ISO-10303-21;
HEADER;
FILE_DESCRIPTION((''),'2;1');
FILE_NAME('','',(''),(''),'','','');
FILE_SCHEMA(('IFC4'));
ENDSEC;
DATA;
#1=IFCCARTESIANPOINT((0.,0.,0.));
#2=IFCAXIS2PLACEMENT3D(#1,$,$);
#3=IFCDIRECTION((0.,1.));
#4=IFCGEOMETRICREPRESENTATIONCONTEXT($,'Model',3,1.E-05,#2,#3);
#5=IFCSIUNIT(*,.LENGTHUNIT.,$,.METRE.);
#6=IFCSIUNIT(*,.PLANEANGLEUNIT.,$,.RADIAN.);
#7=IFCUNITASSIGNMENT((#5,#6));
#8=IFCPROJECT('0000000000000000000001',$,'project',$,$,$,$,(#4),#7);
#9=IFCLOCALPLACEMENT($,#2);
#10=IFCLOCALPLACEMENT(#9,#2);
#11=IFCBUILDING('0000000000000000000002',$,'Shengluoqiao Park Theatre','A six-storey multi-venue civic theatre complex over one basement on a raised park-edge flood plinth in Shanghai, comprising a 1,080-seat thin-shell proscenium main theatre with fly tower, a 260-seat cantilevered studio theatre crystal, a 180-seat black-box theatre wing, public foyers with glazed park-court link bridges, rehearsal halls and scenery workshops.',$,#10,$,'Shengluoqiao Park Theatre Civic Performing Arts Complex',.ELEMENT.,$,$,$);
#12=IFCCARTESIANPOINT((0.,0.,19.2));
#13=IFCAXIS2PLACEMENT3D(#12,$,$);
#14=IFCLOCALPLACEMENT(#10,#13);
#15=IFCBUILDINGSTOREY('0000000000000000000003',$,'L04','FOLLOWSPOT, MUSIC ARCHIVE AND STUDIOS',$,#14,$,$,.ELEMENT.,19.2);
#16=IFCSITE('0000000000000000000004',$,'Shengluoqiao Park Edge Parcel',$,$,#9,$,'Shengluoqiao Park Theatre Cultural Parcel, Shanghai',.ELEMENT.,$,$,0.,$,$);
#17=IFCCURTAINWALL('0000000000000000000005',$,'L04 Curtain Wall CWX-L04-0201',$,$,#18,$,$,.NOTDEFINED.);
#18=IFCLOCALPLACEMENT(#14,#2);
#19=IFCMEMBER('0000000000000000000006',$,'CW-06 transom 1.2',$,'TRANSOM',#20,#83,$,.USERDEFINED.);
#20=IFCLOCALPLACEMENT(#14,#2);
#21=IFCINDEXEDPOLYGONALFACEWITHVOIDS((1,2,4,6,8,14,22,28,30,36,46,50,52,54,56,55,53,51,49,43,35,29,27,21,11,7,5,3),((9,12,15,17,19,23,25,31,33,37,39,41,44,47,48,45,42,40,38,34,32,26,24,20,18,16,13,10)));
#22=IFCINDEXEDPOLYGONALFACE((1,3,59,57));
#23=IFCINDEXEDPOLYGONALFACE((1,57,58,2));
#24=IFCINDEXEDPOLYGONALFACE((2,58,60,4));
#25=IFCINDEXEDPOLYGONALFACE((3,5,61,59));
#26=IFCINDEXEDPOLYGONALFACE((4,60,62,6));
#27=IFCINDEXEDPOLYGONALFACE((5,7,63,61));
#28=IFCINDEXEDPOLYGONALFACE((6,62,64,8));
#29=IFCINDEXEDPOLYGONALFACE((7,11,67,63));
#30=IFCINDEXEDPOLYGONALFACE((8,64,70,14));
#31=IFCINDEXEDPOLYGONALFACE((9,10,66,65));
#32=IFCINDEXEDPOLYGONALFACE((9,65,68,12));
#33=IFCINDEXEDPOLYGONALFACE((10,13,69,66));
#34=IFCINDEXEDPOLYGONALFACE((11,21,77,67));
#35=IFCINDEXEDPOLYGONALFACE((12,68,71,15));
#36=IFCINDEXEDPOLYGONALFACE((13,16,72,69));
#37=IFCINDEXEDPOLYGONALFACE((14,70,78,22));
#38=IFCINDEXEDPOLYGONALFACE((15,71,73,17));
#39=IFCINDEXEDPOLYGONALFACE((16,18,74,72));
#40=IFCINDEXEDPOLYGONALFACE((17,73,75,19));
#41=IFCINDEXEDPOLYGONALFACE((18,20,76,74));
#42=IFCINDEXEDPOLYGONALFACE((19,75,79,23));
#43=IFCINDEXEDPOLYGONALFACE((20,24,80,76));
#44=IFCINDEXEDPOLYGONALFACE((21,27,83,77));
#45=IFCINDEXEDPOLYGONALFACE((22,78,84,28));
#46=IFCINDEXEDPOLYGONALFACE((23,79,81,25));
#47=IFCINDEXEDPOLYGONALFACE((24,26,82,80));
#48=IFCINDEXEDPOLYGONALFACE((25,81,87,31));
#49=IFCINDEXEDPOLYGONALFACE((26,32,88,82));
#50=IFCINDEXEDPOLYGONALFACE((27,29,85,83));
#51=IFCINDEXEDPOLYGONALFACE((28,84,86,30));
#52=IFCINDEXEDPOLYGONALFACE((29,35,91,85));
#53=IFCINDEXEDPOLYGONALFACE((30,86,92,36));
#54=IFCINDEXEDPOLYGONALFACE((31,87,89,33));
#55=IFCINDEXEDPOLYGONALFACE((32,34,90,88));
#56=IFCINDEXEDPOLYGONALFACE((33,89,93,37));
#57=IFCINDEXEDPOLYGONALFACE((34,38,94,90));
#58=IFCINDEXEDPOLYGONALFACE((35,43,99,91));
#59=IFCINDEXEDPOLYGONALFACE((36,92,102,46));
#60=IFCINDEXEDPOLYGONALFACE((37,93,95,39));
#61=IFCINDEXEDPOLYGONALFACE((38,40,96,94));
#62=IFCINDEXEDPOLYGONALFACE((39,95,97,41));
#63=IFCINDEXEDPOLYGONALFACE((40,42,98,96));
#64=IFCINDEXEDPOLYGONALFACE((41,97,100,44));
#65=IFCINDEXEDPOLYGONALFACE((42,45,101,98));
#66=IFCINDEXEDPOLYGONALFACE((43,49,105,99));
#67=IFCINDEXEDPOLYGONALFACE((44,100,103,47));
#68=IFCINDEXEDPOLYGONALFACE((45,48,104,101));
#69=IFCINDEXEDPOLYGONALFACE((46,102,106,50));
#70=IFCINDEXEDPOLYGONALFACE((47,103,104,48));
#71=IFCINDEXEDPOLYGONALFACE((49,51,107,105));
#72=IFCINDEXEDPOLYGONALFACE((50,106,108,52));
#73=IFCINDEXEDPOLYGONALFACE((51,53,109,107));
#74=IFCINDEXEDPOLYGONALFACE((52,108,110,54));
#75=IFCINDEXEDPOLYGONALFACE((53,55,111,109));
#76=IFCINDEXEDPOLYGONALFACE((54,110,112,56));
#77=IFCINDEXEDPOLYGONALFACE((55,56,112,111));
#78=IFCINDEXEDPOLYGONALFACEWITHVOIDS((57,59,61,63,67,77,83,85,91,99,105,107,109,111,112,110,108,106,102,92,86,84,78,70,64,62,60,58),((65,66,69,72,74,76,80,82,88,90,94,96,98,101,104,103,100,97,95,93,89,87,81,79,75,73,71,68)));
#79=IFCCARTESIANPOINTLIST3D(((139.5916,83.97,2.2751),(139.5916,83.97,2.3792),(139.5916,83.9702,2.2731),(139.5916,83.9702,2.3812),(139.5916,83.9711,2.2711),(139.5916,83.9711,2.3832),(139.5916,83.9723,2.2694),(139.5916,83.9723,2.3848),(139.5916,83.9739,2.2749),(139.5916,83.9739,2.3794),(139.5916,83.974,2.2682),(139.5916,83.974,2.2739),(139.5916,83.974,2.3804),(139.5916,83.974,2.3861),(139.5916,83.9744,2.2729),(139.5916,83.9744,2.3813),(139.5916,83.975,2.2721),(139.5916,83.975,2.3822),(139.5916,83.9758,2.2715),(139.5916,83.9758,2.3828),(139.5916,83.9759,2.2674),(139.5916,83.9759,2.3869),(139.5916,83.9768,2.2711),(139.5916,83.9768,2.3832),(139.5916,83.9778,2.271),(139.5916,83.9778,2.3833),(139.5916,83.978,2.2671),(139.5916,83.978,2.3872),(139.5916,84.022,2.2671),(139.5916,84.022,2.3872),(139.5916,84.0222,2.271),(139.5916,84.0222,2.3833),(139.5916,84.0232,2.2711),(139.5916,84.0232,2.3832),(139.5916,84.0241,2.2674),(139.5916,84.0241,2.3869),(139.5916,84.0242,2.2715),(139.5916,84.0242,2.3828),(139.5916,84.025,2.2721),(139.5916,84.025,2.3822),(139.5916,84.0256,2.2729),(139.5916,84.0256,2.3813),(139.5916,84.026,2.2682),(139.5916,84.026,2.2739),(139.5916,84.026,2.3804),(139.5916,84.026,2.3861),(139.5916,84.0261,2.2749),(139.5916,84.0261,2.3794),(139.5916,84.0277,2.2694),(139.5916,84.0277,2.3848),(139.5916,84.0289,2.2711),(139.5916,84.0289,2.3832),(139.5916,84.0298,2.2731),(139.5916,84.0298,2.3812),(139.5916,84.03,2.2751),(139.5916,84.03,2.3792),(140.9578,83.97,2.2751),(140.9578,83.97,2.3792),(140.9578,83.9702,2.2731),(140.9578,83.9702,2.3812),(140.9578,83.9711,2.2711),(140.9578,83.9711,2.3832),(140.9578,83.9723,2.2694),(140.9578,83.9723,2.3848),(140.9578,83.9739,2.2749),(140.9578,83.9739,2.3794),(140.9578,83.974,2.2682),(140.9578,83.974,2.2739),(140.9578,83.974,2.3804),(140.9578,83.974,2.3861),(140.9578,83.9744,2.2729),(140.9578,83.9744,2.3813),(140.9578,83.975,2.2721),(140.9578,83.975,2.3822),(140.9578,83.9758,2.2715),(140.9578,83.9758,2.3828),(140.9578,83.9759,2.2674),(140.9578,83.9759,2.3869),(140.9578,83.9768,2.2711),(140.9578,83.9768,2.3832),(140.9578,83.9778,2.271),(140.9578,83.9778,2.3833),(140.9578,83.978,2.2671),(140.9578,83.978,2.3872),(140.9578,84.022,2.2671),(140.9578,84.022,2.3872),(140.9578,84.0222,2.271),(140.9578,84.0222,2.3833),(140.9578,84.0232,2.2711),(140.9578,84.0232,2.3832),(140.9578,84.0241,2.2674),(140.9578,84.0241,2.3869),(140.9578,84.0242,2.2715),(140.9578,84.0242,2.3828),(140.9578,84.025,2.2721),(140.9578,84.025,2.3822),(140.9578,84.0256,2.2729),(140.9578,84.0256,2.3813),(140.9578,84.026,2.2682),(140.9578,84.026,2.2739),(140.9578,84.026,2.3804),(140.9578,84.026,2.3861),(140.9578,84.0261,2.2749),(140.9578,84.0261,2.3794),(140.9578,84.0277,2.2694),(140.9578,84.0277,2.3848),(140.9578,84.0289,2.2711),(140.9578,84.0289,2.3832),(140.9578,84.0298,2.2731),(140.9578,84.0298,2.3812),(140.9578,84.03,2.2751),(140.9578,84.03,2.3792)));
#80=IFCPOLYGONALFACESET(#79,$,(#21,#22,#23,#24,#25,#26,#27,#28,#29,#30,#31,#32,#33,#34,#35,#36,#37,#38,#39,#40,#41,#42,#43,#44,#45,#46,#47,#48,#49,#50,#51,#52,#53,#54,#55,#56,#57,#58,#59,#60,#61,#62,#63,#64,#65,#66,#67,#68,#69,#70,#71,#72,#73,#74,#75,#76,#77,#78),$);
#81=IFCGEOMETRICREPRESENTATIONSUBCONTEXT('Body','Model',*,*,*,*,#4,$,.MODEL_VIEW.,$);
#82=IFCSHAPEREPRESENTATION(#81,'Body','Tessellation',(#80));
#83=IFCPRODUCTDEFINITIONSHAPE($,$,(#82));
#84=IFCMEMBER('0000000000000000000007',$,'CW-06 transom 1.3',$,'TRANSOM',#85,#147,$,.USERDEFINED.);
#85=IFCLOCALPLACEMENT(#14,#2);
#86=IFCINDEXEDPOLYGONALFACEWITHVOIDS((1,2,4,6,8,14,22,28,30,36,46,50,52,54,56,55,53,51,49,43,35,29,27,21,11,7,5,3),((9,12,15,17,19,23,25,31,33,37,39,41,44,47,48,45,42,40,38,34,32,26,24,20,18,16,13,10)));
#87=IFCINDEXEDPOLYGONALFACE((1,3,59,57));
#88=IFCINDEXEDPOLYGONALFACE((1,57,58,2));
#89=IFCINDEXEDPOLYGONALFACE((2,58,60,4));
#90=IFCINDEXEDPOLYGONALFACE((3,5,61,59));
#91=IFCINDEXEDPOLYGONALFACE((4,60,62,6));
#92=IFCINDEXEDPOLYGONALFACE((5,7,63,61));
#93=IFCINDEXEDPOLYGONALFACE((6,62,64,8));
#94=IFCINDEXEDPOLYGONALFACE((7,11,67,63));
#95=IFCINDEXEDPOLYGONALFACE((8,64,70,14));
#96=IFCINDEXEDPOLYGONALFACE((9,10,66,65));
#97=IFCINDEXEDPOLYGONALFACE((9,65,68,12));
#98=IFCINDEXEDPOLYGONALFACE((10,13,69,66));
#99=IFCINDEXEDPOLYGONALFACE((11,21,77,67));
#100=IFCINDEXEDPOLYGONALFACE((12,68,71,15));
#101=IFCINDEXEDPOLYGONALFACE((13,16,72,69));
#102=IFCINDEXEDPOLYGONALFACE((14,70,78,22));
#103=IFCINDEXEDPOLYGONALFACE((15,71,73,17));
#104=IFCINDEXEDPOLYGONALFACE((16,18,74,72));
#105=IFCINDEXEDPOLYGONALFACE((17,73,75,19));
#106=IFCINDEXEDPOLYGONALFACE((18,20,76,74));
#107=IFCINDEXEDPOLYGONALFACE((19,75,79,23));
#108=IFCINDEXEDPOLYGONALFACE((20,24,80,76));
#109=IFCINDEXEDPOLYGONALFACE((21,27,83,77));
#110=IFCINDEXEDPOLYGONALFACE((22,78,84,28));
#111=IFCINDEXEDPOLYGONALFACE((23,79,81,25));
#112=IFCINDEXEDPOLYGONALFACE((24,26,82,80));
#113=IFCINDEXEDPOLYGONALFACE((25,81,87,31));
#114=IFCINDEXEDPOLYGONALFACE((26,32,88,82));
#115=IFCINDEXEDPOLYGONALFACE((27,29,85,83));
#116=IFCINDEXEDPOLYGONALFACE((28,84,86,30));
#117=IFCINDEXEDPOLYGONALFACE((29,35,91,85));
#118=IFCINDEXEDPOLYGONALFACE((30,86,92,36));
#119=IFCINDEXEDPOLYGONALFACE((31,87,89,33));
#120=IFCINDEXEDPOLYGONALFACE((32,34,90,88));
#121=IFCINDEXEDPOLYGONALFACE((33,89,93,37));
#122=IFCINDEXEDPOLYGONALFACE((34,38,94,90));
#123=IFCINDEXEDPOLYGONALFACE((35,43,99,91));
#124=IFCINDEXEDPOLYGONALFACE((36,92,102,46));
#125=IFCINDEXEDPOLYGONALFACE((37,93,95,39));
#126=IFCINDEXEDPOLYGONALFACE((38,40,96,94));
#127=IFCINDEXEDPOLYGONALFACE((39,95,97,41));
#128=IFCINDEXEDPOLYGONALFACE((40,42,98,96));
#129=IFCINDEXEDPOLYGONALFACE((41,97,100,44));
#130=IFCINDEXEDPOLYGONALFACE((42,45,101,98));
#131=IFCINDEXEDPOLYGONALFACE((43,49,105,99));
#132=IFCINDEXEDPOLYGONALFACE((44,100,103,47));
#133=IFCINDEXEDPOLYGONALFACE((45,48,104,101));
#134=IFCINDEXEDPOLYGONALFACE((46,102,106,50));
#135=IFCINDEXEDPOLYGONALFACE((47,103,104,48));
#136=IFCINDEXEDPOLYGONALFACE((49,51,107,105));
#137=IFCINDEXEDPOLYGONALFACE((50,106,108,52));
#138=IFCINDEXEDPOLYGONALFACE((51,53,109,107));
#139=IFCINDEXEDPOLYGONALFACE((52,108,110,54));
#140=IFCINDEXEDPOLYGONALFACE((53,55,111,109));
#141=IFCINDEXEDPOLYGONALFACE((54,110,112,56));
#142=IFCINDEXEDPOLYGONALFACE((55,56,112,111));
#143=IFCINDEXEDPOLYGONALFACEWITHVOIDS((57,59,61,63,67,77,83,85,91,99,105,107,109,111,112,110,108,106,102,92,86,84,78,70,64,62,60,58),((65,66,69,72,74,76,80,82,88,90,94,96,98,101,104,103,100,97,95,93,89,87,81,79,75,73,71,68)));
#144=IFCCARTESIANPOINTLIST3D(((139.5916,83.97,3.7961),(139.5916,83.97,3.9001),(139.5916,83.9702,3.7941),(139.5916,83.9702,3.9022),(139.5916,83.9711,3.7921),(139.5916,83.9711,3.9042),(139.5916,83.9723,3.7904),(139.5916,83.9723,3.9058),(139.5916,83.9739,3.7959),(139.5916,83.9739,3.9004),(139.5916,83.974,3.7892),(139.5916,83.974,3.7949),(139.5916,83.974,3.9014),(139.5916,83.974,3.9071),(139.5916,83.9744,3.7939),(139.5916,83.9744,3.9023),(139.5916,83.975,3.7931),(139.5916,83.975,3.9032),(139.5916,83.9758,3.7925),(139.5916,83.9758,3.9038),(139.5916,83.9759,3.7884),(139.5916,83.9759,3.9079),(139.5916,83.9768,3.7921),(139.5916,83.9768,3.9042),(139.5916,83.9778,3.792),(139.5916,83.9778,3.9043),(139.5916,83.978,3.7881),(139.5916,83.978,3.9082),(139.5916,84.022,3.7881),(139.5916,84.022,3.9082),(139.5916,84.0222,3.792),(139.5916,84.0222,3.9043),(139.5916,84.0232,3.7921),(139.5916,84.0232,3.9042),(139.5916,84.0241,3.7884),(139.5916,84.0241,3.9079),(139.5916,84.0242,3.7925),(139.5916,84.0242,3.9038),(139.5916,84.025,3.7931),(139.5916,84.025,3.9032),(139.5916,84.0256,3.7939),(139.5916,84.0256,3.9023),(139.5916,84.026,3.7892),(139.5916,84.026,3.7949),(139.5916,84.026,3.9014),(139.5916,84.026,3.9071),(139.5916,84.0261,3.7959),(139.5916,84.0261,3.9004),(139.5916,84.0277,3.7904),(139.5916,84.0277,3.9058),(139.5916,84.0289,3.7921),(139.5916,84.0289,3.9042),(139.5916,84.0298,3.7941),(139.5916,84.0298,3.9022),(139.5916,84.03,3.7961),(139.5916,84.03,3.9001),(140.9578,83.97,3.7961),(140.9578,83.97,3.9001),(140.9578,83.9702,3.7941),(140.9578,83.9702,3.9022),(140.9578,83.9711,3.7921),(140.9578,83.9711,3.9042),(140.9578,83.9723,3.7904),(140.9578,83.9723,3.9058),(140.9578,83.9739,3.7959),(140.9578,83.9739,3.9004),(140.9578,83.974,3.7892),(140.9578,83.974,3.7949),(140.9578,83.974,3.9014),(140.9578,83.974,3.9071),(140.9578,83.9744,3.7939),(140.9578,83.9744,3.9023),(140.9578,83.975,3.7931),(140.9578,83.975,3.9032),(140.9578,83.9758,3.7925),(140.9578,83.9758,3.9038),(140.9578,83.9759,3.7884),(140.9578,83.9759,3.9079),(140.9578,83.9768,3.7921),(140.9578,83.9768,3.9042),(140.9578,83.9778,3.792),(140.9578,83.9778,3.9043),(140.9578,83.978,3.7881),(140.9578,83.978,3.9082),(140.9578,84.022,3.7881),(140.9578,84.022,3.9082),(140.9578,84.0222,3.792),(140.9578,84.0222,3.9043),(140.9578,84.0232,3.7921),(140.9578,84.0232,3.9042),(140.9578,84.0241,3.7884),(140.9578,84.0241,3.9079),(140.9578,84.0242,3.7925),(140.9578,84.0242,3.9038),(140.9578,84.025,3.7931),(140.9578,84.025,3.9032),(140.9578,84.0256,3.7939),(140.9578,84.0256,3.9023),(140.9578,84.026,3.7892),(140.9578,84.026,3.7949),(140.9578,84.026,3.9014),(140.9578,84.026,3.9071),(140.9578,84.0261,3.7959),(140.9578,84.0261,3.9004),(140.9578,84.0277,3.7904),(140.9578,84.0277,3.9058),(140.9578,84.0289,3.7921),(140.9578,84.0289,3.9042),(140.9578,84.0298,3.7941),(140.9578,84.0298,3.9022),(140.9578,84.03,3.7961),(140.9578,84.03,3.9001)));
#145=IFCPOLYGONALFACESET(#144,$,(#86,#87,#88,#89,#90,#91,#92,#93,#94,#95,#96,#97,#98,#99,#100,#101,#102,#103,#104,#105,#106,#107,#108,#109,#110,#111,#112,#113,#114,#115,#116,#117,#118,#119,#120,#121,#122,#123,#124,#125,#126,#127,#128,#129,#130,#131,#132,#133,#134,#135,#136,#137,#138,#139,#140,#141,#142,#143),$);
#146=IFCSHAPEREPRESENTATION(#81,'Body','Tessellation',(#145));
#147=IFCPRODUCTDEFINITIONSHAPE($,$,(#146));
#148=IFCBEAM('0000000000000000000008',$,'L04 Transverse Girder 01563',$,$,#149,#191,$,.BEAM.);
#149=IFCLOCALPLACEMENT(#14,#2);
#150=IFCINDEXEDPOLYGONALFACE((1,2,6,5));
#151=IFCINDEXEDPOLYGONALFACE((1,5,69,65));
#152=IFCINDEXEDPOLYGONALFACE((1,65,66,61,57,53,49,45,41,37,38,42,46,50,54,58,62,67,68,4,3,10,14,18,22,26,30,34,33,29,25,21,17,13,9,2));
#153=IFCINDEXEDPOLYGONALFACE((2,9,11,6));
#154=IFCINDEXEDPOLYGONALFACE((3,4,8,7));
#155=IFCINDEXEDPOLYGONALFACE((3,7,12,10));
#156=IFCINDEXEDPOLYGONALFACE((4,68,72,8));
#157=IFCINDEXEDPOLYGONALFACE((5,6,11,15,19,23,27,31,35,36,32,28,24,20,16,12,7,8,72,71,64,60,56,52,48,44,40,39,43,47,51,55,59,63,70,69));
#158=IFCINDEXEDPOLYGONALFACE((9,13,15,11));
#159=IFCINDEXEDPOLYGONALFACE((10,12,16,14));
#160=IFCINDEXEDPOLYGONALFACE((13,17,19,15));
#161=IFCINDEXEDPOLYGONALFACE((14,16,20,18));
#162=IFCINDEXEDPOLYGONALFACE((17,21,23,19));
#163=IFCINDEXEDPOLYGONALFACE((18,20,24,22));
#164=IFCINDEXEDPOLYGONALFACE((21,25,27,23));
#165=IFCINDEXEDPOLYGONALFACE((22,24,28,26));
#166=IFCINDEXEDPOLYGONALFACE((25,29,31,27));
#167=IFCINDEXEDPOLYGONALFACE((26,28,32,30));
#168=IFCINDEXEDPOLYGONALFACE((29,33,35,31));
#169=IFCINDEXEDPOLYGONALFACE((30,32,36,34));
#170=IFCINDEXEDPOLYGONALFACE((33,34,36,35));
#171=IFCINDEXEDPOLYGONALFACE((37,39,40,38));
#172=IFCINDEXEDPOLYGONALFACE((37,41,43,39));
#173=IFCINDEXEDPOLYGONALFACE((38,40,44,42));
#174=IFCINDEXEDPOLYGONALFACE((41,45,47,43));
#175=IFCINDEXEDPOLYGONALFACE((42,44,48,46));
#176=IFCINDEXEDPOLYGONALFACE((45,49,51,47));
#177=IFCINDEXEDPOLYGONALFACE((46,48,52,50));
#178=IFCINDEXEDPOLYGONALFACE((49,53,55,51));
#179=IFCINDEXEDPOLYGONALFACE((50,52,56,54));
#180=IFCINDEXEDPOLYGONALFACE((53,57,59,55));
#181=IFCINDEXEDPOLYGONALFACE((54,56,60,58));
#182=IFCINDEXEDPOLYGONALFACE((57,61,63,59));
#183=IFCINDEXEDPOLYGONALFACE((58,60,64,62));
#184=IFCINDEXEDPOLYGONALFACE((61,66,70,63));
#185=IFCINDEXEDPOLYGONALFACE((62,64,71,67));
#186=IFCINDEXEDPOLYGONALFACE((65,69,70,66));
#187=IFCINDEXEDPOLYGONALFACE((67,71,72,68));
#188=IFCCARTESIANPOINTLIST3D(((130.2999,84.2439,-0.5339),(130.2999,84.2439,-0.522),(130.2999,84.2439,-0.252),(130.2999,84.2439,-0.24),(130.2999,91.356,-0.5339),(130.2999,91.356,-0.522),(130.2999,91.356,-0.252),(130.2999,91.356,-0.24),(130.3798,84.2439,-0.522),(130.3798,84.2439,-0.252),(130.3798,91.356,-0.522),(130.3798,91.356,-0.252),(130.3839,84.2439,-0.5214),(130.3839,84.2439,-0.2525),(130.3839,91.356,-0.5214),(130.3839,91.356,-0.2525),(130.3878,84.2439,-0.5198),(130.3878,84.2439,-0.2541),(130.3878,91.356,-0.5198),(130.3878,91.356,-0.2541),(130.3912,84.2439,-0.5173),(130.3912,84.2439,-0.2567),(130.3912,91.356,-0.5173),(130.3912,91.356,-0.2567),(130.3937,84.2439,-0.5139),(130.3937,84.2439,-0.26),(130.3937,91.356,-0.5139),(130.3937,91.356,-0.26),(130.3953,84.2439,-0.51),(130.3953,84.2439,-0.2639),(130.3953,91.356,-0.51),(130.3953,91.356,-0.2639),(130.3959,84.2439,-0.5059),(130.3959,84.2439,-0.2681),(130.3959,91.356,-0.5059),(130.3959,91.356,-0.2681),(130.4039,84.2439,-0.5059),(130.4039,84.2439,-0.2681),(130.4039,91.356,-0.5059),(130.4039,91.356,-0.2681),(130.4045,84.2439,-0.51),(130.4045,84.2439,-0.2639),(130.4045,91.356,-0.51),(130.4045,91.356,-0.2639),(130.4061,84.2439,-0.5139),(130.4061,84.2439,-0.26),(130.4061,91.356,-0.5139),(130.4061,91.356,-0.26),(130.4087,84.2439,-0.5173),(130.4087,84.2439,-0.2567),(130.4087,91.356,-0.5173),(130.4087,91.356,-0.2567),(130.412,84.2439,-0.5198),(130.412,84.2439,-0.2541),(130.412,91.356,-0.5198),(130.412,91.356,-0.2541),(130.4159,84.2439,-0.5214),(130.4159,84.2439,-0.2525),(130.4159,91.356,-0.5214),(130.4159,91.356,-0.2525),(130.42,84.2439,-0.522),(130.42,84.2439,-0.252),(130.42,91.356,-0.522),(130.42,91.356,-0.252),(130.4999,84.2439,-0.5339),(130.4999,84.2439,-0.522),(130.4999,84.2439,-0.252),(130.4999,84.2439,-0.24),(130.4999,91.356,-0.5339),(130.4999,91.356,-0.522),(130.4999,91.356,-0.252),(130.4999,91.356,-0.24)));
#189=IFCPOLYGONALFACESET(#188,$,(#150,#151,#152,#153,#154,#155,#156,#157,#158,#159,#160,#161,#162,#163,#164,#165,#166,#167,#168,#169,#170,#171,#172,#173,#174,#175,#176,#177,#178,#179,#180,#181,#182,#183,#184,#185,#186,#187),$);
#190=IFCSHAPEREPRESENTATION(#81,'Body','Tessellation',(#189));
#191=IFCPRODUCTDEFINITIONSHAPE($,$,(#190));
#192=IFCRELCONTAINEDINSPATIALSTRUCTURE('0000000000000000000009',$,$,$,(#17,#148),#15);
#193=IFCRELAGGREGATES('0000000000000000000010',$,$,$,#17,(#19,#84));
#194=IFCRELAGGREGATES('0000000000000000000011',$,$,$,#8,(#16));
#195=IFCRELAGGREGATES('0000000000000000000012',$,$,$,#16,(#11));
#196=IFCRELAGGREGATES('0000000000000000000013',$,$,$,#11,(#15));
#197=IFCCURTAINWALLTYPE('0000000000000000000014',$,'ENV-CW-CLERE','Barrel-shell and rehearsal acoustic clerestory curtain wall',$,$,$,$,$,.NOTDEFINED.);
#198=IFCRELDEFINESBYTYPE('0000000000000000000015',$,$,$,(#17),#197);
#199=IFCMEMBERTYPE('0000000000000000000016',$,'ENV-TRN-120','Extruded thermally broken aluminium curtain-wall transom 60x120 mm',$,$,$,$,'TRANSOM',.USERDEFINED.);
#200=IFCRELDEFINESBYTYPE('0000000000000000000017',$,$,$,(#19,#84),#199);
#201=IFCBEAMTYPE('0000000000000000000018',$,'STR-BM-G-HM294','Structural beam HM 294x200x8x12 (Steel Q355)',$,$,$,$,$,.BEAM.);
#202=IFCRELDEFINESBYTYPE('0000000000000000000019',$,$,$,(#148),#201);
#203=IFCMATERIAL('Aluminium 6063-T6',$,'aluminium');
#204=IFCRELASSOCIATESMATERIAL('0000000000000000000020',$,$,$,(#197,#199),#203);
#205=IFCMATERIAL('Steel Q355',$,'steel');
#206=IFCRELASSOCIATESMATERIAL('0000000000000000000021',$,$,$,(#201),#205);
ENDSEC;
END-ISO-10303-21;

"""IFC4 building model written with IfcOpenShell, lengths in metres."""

from ifc_helpers import new_model, si_unit, direction, frame, origin, origin_2d, place, context, subcontext, project, spatial, hollow_rectangle, i_section, extrude, material, material_profile, profile_set, type_object, element, aggregate, save


model = new_model("IFC4")

# Units and contexts
model_context = context("Model", 3, precision=1e-05, world=origin(), true_north=direction((0.0, 1.0)))
body_context = subcontext(model_context, "Body", "Model", "MODEL_VIEW")
ifc_project = project(units=[si_unit("LENGTHUNIT", "METRE"), si_unit("PLANEANGLEUNIT", "RADIAN")], contexts=[model_context])

# Site, building, storey
site_placement = place(None, origin())
site = spatial("IfcSite", under=ifc_project, at=site_placement, Name="Shengluoqiao Park Edge Parcel", LongName="Shengluoqiao Park Theatre Cultural Parcel, Shanghai", CompositionType="ELEMENT", RefElevation=0.0)
building_placement = place(site_placement, origin())
building = spatial("IfcBuilding", under=site, at=building_placement, Name="Shengluoqiao Park Theatre", Description="A six-storey multi-venue civic theatre complex over one basement on a raised park-edge flood plinth in Shanghai, comprising a 1,080-seat thin-shell proscenium main theatre with fly tower, a 260-seat cantilevered studio theatre crystal, a 180-seat black-box theatre wing, public foyers with glazed park-court link bridges, rehearsal halls and scenery workshops.", LongName="Shengluoqiao Park Theatre Civic Performing Arts Complex", CompositionType="ELEMENT")
storey_placement = place(building_placement, frame((0.0, 0.0, 19.2)))
storey = spatial("IfcBuildingStorey", under=building, at=storey_placement, Name="L04", Description="FOLLOWSPOT, MUSIC ARCHIVE AND STUDIOS", CompositionType="ELEMENT", Elevation=19.2)

# Shared definitions
ifc_material_1 = material(Name="Steel Q355", Category="steel")

# Curtain wall, members
ifc_material_2 = material(Name="Aluminium 6063-T6", Category="aluminium")
curtain_wall_type = type_object("IfcCurtainWallType", Name="ENV-CW-CLERE", Description="Barrel-shell and rehearsal acoustic clerestory curtain wall", PredefinedType="NOTDEFINED", material=ifc_material_2)
curtain_wall_placement = place(storey_placement, origin())
curtain_wall = element("IfcCurtainWall", 1, at=curtain_wall_placement, inside=storey, type_object=curtain_wall_type, Name="L04 Curtain Wall CWX-L04-0201", PredefinedType="NOTDEFINED")
ifc_material_profile_1 = material_profile(ifc_material_2, hollow_rectangle(XDim=0.0601, YDim=0.1201, WallThickness=0.0039, InnerFilletRadius=0.0039, OuterFilletRadius=0.0081, at=origin_2d()), Name="ALU TRANSOM 120x60x4")
ifc_profile_set_1 = profile_set([ifc_material_profile_1], Name="Aluminium 6063-T6")
member_type_1 = type_object("IfcMemberType", Name="ENV-TRN-120", Description="Extruded thermally broken aluminium curtain-wall transom 60x120 mm", ElementType="TRANSOM", PredefinedType="USERDEFINED", material=ifc_profile_set_1)
member_1_placement = place(storey_placement, frame((139.5916, 84.0, 2.3271), z_axis=(1.0, 0.0, 0.0), x_axis=(0.0, 1.0, 0.0)))
member_1 = element("IfcMember", 2, at=member_1_placement, type_object=member_type_1, Name="CW-06 transom 1.2", ObjectType="TRANSOM", PredefinedType="USERDEFINED", context=body_context, shape_type="SweptSolid", body=[
    extrude(hollow_rectangle(XDim=0.0601, YDim=0.1201, WallThickness=0.0039, InnerFilletRadius=0.0039, OuterFilletRadius=0.0081, at=origin_2d()), origin(), (0.0, 0.0, 1.0), 1.3662),
])
member_2_placement = place(storey_placement, frame((139.5916, 84.0, 3.8481), z_axis=(1.0, 0.0, 0.0), x_axis=(0.0, 1.0, 0.0)))
member_2 = element("IfcMember", 3, at=member_2_placement, type_object=member_type_1, Name="CW-06 transom 1.3", ObjectType="TRANSOM", PredefinedType="USERDEFINED", context=body_context, shape_type="SweptSolid", body=[
    extrude(hollow_rectangle(XDim=0.0601, YDim=0.1201, WallThickness=0.0039, InnerFilletRadius=0.0039, OuterFilletRadius=0.0081, at=origin_2d()), origin(), (0.0, 0.0, 1.0), 1.3662),
])
aggregate(curtain_wall, [member_1, member_2])

# Beam
ifc_material_profile_2 = material_profile(ifc_material_1, i_section(OverallWidth=0.2, OverallDepth=0.2939, WebThickness=0.0081, FlangeThickness=0.012, FilletRadius=0.0161, at=origin_2d()), Name="HM 294x200x8x12")
ifc_profile_set_2 = profile_set([ifc_material_profile_2], Name="Steel Q355")
beam_type_1 = type_object("IfcBeamType", Name="STR-BM-G-HM294", Description="Structural beam HM 294x200x8x12 (Steel Q355)", PredefinedType="BEAM", material=ifc_profile_set_2)
for number, where, z_axis, x_axis, name in (
    (4, (130.3999, 84.2439, -0.387), (0.0, 1.0, 0.0), (-1.0, 0.0, 0.0), "L04 Transverse Girder 01563"),
):
    element("IfcBeam", number, at=place(storey_placement, frame(where, z_axis=z_axis, x_axis=x_axis)), inside=storey, type_object=beam_type_1, Name=name, PredefinedType="BEAM", context=body_context, shape_type="SweptSolid", body=[
        extrude(i_section(OverallWidth=0.2, OverallDepth=0.2939, WebThickness=0.0081, FlangeThickness=0.012, FilletRadius=0.0161, at=origin_2d()), origin(), (0.0, 0.0, 1.0), 7.1121),
    ])

save(model, "model.ifc")
